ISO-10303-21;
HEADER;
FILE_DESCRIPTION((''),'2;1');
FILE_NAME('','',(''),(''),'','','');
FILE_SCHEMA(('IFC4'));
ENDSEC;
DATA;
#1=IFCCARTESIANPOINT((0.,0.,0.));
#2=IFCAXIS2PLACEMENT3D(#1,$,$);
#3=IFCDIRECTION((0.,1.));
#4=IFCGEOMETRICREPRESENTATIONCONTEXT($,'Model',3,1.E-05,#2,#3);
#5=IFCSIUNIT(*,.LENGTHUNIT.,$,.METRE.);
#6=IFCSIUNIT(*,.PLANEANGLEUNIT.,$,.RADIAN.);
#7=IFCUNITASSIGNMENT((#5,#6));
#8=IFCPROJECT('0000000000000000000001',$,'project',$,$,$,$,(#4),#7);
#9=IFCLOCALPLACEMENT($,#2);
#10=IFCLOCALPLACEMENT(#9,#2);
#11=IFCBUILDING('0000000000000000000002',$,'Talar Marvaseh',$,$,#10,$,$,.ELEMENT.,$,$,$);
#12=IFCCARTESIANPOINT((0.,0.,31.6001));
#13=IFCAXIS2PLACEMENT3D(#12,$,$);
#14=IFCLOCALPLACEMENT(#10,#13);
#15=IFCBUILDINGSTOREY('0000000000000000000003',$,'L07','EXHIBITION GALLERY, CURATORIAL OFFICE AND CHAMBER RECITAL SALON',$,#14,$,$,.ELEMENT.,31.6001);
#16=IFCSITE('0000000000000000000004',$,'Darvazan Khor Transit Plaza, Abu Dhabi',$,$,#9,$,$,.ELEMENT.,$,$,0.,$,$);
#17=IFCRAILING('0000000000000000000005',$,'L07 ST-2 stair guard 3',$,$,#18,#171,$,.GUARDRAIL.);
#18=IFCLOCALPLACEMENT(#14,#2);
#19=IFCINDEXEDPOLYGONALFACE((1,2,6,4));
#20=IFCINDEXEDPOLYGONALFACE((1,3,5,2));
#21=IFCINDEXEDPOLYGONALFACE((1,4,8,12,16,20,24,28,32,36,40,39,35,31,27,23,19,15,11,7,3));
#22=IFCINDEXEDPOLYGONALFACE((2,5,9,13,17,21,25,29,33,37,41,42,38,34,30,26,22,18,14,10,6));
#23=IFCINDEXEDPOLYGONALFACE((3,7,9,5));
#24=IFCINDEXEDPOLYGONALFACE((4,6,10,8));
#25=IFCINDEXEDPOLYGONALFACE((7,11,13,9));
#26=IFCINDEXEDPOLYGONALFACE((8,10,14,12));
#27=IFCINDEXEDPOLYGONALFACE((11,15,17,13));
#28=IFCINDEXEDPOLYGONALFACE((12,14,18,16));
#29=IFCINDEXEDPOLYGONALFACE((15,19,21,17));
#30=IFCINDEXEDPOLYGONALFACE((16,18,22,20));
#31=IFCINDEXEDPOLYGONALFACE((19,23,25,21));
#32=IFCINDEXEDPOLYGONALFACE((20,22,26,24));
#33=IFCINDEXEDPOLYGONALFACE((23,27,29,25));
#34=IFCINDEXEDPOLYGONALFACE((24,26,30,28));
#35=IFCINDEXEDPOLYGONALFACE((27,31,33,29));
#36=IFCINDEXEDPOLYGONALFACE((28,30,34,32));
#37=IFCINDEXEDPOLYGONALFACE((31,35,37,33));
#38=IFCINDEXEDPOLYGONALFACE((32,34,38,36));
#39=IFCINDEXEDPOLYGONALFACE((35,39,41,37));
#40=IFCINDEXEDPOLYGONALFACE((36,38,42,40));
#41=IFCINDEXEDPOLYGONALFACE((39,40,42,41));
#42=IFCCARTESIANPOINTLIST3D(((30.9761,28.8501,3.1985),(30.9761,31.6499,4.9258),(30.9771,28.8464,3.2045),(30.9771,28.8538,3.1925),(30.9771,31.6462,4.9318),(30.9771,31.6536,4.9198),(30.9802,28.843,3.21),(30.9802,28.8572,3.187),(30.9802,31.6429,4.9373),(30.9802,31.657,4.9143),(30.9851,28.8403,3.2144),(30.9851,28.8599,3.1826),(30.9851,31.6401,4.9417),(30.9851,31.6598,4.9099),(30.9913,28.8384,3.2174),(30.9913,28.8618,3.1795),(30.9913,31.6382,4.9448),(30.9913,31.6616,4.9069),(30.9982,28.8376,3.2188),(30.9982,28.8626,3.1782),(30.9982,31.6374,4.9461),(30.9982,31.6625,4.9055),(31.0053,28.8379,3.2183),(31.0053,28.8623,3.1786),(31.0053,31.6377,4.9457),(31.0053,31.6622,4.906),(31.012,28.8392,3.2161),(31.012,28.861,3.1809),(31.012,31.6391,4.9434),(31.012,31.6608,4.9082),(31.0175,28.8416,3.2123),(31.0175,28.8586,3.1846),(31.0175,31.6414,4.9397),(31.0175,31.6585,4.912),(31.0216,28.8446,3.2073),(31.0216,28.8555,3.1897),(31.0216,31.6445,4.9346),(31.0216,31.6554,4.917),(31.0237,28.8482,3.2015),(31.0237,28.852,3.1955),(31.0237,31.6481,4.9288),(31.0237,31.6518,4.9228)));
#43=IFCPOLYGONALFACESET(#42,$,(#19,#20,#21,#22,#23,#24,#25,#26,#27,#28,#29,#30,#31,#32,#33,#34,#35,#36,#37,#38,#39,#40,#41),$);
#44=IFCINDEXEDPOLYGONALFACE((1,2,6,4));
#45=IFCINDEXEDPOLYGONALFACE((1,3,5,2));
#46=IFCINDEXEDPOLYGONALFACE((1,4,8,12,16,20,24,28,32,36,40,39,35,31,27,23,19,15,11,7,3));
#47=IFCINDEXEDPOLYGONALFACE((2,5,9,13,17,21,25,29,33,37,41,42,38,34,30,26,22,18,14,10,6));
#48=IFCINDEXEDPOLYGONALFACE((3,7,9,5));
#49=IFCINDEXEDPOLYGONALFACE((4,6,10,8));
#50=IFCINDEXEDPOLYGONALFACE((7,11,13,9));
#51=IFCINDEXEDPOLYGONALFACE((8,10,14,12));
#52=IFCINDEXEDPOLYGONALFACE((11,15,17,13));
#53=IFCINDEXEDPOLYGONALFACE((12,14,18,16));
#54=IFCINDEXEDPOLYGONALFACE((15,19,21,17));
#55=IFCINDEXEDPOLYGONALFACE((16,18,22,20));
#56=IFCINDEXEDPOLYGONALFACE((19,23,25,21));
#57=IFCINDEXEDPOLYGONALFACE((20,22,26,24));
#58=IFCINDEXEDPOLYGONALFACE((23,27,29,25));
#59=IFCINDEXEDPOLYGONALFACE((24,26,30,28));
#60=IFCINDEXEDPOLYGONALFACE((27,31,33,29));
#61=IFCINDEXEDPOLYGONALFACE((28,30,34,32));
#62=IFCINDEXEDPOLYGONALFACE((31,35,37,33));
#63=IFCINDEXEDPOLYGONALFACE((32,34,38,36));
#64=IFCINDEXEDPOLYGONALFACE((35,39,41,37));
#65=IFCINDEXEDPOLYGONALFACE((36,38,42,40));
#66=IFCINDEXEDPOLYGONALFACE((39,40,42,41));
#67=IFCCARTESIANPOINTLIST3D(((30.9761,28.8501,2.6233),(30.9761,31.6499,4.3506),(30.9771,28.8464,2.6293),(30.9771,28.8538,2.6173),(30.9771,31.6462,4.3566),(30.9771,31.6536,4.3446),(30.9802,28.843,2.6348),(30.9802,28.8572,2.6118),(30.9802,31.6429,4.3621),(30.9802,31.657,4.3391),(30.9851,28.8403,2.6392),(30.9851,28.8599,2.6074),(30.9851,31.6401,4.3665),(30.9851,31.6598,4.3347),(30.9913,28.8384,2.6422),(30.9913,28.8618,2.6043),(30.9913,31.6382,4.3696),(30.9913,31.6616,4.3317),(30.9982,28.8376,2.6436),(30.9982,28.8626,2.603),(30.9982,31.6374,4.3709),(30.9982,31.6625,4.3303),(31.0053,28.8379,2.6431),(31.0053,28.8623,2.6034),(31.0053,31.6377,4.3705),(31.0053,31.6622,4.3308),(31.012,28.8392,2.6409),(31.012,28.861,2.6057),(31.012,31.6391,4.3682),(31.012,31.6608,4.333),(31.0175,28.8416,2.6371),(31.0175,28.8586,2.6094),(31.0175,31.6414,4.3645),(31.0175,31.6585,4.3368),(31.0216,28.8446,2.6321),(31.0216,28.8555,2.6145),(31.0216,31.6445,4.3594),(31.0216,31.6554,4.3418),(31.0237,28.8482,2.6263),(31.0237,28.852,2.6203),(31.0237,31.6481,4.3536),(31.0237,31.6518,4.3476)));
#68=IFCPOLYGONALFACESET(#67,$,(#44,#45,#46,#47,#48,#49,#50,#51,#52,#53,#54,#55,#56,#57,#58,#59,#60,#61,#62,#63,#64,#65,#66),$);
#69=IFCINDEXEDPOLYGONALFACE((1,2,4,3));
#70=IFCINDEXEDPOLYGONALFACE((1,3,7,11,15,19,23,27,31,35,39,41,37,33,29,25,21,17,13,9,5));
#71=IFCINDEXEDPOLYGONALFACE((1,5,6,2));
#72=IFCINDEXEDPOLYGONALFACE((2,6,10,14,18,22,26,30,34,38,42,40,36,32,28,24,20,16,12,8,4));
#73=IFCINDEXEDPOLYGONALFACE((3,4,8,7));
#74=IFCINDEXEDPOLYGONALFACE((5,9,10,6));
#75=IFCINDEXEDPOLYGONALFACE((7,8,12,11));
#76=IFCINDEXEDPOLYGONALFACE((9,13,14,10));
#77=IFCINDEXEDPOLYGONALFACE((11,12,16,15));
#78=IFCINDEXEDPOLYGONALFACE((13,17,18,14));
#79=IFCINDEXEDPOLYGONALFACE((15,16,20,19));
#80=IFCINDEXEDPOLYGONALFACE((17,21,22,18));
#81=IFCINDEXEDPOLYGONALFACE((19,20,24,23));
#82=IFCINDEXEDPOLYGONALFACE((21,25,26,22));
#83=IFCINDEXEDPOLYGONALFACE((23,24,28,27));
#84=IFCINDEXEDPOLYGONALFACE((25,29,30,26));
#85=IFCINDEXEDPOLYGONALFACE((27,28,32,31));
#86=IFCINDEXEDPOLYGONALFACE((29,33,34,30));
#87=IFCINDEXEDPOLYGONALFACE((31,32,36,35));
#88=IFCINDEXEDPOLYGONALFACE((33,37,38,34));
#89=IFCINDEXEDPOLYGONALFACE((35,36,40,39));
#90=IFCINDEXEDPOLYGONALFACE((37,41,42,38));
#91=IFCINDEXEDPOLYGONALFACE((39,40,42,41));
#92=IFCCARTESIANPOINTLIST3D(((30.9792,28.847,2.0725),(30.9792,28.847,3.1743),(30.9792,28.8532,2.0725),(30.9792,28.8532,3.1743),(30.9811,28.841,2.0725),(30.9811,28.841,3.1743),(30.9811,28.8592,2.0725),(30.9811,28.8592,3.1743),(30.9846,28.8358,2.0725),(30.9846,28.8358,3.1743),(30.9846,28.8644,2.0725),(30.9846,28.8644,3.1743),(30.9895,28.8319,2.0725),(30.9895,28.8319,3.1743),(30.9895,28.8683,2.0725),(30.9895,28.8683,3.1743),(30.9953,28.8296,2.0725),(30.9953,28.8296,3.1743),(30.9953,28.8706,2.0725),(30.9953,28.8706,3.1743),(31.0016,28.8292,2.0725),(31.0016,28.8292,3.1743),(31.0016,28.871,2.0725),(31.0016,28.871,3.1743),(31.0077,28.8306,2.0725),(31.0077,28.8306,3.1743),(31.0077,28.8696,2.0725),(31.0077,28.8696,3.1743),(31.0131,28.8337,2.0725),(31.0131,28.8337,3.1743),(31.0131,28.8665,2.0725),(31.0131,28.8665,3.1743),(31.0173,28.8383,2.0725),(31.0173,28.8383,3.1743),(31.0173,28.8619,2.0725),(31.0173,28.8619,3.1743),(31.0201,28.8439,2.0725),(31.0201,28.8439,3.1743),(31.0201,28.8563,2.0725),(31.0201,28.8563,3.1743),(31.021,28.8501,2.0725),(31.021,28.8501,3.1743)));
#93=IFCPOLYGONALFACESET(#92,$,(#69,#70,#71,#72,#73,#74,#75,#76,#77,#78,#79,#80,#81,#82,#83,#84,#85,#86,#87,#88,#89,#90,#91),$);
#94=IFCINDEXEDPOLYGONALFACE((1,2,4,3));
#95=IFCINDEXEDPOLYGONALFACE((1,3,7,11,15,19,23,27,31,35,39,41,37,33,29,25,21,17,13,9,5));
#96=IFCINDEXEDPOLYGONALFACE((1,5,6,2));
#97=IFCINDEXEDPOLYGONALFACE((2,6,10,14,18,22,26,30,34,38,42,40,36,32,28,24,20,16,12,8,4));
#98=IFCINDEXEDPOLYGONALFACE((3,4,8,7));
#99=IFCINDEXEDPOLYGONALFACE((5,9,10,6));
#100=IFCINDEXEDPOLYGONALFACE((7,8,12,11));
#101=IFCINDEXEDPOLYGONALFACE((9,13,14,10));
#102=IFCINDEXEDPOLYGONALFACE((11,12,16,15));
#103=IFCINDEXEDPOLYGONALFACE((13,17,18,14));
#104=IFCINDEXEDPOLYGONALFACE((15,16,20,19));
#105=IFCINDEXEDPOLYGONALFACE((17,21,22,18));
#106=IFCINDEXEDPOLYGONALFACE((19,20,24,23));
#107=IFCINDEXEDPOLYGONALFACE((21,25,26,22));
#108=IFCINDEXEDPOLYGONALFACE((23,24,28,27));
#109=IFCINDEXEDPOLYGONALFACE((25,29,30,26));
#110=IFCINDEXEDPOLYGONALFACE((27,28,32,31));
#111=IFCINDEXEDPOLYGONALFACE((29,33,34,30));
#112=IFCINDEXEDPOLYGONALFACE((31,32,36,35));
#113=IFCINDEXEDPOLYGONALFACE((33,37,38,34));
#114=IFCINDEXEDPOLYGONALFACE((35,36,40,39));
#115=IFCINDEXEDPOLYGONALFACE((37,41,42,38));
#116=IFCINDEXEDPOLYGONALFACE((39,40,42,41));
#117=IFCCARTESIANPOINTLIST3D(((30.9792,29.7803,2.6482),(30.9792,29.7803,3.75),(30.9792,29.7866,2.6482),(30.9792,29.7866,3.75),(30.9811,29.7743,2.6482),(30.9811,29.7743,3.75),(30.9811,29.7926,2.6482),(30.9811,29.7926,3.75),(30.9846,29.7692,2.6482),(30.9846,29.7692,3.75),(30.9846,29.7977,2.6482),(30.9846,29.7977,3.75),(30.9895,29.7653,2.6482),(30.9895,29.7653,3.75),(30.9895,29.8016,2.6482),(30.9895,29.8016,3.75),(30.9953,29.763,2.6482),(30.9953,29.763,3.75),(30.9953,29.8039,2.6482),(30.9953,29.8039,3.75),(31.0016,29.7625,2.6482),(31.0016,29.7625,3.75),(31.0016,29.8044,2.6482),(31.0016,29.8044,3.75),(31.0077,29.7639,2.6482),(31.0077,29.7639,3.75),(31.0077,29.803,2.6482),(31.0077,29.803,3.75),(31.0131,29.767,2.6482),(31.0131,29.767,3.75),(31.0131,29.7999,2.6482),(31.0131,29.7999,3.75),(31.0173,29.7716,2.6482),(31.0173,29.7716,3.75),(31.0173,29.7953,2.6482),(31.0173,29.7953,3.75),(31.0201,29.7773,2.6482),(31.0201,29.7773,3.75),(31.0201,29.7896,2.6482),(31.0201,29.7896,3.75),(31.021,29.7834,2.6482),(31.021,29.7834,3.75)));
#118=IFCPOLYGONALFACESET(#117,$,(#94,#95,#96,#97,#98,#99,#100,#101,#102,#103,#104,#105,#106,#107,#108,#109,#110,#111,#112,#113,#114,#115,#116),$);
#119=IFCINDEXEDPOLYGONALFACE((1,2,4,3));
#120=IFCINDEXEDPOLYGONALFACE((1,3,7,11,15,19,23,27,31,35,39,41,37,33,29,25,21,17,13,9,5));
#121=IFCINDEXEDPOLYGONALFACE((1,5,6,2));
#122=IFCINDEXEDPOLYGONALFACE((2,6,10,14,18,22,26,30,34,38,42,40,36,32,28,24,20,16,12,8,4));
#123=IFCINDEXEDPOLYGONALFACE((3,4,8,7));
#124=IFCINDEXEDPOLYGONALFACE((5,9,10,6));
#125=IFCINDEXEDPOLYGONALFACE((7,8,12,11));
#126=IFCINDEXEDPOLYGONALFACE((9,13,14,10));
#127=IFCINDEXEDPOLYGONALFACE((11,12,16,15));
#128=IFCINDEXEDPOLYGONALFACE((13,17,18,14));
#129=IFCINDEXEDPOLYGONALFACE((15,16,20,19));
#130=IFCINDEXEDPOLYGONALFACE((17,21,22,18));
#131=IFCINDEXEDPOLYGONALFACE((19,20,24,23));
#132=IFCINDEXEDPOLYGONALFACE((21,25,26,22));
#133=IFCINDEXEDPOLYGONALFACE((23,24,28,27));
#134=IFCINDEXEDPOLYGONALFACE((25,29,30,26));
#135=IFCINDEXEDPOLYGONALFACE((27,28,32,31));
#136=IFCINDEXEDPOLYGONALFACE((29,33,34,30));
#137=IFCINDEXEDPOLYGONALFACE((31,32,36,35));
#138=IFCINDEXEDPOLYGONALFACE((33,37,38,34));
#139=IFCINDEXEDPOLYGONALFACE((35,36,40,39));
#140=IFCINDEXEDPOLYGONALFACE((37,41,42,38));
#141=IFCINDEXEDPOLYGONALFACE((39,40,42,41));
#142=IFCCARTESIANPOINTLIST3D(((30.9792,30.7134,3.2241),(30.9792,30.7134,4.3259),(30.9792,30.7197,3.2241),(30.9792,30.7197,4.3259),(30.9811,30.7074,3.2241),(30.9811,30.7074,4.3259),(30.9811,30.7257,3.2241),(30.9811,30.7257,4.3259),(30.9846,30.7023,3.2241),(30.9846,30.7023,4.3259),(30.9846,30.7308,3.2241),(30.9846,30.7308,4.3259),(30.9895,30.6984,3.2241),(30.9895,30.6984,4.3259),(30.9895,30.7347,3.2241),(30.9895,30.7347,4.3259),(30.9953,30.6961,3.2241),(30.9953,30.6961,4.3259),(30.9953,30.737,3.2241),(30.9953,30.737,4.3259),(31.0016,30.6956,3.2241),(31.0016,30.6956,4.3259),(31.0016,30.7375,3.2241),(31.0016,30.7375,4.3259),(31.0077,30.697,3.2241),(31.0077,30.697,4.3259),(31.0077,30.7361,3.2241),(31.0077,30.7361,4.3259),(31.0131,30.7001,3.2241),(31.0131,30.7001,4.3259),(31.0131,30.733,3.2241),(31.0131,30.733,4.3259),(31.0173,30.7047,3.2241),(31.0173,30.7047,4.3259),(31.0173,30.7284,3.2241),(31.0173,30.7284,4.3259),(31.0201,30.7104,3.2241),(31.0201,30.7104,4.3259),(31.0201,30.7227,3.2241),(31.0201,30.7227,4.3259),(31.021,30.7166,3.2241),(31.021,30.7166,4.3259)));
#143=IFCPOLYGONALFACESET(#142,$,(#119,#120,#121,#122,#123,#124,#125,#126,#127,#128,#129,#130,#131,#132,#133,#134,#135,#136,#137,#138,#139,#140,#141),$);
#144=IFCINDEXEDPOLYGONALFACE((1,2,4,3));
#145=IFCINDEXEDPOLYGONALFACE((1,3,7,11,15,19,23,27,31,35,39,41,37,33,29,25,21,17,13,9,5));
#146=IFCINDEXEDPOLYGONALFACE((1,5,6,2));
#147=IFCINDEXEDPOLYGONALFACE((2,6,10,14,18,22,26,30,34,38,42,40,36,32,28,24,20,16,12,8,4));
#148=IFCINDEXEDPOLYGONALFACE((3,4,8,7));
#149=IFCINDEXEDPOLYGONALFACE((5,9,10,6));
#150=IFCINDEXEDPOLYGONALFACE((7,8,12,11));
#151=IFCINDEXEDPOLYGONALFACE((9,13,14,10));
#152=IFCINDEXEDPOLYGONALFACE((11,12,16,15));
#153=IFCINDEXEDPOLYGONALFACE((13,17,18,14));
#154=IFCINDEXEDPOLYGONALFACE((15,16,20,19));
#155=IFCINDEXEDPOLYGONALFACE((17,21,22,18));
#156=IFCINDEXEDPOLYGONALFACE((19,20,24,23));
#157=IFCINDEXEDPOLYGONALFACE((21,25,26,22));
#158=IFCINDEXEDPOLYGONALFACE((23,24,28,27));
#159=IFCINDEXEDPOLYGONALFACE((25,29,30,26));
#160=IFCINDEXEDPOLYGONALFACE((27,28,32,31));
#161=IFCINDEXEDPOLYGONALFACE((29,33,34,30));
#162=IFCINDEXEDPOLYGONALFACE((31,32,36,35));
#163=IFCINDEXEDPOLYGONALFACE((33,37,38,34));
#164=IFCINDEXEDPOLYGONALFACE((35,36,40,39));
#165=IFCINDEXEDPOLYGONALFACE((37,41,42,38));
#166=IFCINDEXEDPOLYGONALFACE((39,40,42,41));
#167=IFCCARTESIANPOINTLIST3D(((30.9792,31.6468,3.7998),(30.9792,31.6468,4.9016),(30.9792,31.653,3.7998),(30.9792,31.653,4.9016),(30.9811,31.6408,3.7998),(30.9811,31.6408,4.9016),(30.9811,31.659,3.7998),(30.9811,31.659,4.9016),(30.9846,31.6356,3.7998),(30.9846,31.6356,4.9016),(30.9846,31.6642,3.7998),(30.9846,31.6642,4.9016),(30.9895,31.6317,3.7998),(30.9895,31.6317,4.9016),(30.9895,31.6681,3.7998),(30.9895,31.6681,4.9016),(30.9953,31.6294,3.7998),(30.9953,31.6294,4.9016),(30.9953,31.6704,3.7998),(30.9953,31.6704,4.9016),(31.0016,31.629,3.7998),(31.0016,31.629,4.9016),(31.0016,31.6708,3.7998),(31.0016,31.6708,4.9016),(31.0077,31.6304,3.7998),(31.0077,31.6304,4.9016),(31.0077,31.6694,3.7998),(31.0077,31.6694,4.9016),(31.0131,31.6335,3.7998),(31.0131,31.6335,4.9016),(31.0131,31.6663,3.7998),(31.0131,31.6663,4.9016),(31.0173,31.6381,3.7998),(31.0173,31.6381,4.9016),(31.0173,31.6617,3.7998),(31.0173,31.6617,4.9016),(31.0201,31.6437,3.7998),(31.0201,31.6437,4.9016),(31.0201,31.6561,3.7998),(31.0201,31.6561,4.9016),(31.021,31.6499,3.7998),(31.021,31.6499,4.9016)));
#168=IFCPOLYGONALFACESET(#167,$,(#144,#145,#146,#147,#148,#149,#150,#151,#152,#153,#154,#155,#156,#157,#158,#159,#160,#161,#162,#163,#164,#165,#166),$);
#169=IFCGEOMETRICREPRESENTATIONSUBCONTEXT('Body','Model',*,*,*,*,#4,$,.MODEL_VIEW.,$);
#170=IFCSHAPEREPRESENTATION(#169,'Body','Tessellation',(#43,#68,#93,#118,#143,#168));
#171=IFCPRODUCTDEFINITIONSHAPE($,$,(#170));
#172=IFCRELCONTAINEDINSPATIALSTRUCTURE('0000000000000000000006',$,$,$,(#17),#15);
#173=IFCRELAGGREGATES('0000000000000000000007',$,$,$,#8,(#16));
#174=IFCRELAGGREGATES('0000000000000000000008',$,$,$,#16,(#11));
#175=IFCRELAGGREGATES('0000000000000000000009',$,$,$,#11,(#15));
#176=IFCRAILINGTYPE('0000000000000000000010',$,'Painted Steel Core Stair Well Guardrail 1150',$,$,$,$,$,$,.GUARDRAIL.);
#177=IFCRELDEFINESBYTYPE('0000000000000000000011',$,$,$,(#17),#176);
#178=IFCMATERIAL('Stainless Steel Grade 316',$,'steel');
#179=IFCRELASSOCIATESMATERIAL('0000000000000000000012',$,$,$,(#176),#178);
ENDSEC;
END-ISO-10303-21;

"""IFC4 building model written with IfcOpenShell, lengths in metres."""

from ifc_helpers import new_model, si_unit, direction, frame, origin, origin_2d, place, context, subcontext, project, spatial, circle, extrude, material, type_object, element, save


model = new_model("IFC4")

# Units and contexts
model_context = context("Model", 3, precision=1e-05, world=origin(), true_north=direction((0.0, 1.0)))
body_context = subcontext(model_context, "Body", "Model", "MODEL_VIEW")
ifc_project = project(units=[si_unit("LENGTHUNIT", "METRE"), si_unit("PLANEANGLEUNIT", "RADIAN")], contexts=[model_context])

# Site, building, storey
site_placement = place(None, origin())
site = spatial("IfcSite", under=ifc_project, at=site_placement, Name="Darvazan Khor Transit Plaza, Abu Dhabi", CompositionType="ELEMENT", RefElevation=0.0)
building_placement = place(site_placement, origin())
building = spatial("IfcBuilding", under=site, at=building_placement, Name="Talar Marvaseh", CompositionType="ELEMENT")
storey_placement = place(building_placement, frame((0.0, 0.0, 31.6001)))
storey = spatial("IfcBuildingStorey", under=building, at=storey_placement, Name="L07", Description="EXHIBITION GALLERY, CURATORIAL OFFICE AND CHAMBER RECITAL SALON", CompositionType="ELEMENT", Elevation=31.6001)

# Railing
ifc_material_1 = material(Name="Stainless Steel Grade 316", Category="steel")
railing_type_1 = type_object("IfcRailingType", Name="Painted Steel Core Stair Well Guardrail 1150", PredefinedType="GUARDRAIL", material=ifc_material_1)
railing_1_placement = place(storey_placement, frame((31.0, 28.8501, 2.0725)))
element("IfcRailing", 1, at=railing_1_placement, inside=storey, type_object=railing_type_1, Name="L07 ST-2 stair guard 3", PredefinedType="GUARDRAIL", context=body_context, shape_type="SweptSolid", body=[
    extrude(circle(Radius=0.0239, at=origin_2d()), frame((0.0, 0.0, 1.126), z_axis=(0.0, 0.851069, 0.525054), x_axis=(-1.0, 0.0, 0.0)), (0.0, 0.0, 1.0), 3.2898),
    extrude(circle(Radius=0.0239, at=origin_2d()), frame((0.0, 0.0, 0.5508), z_axis=(0.0, 0.851069, 0.525054), x_axis=(-1.0, 0.0, 0.0)), (0.0, 0.0, 1.0), 3.2898),
    extrude(circle(Radius=0.021, at=origin_2d()), origin(), (0.0, 0.0, 1.0), 1.1018),
    extrude(circle(Radius=0.021, at=origin_2d()), frame((0.0, 0.9333, 0.5757)), (0.0, 0.0, 1.0), 1.1018),
    extrude(circle(Radius=0.021, at=origin_2d()), frame((0.0, 1.8665, 1.1516)), (0.0, 0.0, 1.0), 1.1018),
    extrude(circle(Radius=0.021, at=origin_2d()), frame((0.0, 2.7998, 1.7273)), (0.0, 0.0, 1.0), 1.1018),
])

save(model, "model.ifc")
